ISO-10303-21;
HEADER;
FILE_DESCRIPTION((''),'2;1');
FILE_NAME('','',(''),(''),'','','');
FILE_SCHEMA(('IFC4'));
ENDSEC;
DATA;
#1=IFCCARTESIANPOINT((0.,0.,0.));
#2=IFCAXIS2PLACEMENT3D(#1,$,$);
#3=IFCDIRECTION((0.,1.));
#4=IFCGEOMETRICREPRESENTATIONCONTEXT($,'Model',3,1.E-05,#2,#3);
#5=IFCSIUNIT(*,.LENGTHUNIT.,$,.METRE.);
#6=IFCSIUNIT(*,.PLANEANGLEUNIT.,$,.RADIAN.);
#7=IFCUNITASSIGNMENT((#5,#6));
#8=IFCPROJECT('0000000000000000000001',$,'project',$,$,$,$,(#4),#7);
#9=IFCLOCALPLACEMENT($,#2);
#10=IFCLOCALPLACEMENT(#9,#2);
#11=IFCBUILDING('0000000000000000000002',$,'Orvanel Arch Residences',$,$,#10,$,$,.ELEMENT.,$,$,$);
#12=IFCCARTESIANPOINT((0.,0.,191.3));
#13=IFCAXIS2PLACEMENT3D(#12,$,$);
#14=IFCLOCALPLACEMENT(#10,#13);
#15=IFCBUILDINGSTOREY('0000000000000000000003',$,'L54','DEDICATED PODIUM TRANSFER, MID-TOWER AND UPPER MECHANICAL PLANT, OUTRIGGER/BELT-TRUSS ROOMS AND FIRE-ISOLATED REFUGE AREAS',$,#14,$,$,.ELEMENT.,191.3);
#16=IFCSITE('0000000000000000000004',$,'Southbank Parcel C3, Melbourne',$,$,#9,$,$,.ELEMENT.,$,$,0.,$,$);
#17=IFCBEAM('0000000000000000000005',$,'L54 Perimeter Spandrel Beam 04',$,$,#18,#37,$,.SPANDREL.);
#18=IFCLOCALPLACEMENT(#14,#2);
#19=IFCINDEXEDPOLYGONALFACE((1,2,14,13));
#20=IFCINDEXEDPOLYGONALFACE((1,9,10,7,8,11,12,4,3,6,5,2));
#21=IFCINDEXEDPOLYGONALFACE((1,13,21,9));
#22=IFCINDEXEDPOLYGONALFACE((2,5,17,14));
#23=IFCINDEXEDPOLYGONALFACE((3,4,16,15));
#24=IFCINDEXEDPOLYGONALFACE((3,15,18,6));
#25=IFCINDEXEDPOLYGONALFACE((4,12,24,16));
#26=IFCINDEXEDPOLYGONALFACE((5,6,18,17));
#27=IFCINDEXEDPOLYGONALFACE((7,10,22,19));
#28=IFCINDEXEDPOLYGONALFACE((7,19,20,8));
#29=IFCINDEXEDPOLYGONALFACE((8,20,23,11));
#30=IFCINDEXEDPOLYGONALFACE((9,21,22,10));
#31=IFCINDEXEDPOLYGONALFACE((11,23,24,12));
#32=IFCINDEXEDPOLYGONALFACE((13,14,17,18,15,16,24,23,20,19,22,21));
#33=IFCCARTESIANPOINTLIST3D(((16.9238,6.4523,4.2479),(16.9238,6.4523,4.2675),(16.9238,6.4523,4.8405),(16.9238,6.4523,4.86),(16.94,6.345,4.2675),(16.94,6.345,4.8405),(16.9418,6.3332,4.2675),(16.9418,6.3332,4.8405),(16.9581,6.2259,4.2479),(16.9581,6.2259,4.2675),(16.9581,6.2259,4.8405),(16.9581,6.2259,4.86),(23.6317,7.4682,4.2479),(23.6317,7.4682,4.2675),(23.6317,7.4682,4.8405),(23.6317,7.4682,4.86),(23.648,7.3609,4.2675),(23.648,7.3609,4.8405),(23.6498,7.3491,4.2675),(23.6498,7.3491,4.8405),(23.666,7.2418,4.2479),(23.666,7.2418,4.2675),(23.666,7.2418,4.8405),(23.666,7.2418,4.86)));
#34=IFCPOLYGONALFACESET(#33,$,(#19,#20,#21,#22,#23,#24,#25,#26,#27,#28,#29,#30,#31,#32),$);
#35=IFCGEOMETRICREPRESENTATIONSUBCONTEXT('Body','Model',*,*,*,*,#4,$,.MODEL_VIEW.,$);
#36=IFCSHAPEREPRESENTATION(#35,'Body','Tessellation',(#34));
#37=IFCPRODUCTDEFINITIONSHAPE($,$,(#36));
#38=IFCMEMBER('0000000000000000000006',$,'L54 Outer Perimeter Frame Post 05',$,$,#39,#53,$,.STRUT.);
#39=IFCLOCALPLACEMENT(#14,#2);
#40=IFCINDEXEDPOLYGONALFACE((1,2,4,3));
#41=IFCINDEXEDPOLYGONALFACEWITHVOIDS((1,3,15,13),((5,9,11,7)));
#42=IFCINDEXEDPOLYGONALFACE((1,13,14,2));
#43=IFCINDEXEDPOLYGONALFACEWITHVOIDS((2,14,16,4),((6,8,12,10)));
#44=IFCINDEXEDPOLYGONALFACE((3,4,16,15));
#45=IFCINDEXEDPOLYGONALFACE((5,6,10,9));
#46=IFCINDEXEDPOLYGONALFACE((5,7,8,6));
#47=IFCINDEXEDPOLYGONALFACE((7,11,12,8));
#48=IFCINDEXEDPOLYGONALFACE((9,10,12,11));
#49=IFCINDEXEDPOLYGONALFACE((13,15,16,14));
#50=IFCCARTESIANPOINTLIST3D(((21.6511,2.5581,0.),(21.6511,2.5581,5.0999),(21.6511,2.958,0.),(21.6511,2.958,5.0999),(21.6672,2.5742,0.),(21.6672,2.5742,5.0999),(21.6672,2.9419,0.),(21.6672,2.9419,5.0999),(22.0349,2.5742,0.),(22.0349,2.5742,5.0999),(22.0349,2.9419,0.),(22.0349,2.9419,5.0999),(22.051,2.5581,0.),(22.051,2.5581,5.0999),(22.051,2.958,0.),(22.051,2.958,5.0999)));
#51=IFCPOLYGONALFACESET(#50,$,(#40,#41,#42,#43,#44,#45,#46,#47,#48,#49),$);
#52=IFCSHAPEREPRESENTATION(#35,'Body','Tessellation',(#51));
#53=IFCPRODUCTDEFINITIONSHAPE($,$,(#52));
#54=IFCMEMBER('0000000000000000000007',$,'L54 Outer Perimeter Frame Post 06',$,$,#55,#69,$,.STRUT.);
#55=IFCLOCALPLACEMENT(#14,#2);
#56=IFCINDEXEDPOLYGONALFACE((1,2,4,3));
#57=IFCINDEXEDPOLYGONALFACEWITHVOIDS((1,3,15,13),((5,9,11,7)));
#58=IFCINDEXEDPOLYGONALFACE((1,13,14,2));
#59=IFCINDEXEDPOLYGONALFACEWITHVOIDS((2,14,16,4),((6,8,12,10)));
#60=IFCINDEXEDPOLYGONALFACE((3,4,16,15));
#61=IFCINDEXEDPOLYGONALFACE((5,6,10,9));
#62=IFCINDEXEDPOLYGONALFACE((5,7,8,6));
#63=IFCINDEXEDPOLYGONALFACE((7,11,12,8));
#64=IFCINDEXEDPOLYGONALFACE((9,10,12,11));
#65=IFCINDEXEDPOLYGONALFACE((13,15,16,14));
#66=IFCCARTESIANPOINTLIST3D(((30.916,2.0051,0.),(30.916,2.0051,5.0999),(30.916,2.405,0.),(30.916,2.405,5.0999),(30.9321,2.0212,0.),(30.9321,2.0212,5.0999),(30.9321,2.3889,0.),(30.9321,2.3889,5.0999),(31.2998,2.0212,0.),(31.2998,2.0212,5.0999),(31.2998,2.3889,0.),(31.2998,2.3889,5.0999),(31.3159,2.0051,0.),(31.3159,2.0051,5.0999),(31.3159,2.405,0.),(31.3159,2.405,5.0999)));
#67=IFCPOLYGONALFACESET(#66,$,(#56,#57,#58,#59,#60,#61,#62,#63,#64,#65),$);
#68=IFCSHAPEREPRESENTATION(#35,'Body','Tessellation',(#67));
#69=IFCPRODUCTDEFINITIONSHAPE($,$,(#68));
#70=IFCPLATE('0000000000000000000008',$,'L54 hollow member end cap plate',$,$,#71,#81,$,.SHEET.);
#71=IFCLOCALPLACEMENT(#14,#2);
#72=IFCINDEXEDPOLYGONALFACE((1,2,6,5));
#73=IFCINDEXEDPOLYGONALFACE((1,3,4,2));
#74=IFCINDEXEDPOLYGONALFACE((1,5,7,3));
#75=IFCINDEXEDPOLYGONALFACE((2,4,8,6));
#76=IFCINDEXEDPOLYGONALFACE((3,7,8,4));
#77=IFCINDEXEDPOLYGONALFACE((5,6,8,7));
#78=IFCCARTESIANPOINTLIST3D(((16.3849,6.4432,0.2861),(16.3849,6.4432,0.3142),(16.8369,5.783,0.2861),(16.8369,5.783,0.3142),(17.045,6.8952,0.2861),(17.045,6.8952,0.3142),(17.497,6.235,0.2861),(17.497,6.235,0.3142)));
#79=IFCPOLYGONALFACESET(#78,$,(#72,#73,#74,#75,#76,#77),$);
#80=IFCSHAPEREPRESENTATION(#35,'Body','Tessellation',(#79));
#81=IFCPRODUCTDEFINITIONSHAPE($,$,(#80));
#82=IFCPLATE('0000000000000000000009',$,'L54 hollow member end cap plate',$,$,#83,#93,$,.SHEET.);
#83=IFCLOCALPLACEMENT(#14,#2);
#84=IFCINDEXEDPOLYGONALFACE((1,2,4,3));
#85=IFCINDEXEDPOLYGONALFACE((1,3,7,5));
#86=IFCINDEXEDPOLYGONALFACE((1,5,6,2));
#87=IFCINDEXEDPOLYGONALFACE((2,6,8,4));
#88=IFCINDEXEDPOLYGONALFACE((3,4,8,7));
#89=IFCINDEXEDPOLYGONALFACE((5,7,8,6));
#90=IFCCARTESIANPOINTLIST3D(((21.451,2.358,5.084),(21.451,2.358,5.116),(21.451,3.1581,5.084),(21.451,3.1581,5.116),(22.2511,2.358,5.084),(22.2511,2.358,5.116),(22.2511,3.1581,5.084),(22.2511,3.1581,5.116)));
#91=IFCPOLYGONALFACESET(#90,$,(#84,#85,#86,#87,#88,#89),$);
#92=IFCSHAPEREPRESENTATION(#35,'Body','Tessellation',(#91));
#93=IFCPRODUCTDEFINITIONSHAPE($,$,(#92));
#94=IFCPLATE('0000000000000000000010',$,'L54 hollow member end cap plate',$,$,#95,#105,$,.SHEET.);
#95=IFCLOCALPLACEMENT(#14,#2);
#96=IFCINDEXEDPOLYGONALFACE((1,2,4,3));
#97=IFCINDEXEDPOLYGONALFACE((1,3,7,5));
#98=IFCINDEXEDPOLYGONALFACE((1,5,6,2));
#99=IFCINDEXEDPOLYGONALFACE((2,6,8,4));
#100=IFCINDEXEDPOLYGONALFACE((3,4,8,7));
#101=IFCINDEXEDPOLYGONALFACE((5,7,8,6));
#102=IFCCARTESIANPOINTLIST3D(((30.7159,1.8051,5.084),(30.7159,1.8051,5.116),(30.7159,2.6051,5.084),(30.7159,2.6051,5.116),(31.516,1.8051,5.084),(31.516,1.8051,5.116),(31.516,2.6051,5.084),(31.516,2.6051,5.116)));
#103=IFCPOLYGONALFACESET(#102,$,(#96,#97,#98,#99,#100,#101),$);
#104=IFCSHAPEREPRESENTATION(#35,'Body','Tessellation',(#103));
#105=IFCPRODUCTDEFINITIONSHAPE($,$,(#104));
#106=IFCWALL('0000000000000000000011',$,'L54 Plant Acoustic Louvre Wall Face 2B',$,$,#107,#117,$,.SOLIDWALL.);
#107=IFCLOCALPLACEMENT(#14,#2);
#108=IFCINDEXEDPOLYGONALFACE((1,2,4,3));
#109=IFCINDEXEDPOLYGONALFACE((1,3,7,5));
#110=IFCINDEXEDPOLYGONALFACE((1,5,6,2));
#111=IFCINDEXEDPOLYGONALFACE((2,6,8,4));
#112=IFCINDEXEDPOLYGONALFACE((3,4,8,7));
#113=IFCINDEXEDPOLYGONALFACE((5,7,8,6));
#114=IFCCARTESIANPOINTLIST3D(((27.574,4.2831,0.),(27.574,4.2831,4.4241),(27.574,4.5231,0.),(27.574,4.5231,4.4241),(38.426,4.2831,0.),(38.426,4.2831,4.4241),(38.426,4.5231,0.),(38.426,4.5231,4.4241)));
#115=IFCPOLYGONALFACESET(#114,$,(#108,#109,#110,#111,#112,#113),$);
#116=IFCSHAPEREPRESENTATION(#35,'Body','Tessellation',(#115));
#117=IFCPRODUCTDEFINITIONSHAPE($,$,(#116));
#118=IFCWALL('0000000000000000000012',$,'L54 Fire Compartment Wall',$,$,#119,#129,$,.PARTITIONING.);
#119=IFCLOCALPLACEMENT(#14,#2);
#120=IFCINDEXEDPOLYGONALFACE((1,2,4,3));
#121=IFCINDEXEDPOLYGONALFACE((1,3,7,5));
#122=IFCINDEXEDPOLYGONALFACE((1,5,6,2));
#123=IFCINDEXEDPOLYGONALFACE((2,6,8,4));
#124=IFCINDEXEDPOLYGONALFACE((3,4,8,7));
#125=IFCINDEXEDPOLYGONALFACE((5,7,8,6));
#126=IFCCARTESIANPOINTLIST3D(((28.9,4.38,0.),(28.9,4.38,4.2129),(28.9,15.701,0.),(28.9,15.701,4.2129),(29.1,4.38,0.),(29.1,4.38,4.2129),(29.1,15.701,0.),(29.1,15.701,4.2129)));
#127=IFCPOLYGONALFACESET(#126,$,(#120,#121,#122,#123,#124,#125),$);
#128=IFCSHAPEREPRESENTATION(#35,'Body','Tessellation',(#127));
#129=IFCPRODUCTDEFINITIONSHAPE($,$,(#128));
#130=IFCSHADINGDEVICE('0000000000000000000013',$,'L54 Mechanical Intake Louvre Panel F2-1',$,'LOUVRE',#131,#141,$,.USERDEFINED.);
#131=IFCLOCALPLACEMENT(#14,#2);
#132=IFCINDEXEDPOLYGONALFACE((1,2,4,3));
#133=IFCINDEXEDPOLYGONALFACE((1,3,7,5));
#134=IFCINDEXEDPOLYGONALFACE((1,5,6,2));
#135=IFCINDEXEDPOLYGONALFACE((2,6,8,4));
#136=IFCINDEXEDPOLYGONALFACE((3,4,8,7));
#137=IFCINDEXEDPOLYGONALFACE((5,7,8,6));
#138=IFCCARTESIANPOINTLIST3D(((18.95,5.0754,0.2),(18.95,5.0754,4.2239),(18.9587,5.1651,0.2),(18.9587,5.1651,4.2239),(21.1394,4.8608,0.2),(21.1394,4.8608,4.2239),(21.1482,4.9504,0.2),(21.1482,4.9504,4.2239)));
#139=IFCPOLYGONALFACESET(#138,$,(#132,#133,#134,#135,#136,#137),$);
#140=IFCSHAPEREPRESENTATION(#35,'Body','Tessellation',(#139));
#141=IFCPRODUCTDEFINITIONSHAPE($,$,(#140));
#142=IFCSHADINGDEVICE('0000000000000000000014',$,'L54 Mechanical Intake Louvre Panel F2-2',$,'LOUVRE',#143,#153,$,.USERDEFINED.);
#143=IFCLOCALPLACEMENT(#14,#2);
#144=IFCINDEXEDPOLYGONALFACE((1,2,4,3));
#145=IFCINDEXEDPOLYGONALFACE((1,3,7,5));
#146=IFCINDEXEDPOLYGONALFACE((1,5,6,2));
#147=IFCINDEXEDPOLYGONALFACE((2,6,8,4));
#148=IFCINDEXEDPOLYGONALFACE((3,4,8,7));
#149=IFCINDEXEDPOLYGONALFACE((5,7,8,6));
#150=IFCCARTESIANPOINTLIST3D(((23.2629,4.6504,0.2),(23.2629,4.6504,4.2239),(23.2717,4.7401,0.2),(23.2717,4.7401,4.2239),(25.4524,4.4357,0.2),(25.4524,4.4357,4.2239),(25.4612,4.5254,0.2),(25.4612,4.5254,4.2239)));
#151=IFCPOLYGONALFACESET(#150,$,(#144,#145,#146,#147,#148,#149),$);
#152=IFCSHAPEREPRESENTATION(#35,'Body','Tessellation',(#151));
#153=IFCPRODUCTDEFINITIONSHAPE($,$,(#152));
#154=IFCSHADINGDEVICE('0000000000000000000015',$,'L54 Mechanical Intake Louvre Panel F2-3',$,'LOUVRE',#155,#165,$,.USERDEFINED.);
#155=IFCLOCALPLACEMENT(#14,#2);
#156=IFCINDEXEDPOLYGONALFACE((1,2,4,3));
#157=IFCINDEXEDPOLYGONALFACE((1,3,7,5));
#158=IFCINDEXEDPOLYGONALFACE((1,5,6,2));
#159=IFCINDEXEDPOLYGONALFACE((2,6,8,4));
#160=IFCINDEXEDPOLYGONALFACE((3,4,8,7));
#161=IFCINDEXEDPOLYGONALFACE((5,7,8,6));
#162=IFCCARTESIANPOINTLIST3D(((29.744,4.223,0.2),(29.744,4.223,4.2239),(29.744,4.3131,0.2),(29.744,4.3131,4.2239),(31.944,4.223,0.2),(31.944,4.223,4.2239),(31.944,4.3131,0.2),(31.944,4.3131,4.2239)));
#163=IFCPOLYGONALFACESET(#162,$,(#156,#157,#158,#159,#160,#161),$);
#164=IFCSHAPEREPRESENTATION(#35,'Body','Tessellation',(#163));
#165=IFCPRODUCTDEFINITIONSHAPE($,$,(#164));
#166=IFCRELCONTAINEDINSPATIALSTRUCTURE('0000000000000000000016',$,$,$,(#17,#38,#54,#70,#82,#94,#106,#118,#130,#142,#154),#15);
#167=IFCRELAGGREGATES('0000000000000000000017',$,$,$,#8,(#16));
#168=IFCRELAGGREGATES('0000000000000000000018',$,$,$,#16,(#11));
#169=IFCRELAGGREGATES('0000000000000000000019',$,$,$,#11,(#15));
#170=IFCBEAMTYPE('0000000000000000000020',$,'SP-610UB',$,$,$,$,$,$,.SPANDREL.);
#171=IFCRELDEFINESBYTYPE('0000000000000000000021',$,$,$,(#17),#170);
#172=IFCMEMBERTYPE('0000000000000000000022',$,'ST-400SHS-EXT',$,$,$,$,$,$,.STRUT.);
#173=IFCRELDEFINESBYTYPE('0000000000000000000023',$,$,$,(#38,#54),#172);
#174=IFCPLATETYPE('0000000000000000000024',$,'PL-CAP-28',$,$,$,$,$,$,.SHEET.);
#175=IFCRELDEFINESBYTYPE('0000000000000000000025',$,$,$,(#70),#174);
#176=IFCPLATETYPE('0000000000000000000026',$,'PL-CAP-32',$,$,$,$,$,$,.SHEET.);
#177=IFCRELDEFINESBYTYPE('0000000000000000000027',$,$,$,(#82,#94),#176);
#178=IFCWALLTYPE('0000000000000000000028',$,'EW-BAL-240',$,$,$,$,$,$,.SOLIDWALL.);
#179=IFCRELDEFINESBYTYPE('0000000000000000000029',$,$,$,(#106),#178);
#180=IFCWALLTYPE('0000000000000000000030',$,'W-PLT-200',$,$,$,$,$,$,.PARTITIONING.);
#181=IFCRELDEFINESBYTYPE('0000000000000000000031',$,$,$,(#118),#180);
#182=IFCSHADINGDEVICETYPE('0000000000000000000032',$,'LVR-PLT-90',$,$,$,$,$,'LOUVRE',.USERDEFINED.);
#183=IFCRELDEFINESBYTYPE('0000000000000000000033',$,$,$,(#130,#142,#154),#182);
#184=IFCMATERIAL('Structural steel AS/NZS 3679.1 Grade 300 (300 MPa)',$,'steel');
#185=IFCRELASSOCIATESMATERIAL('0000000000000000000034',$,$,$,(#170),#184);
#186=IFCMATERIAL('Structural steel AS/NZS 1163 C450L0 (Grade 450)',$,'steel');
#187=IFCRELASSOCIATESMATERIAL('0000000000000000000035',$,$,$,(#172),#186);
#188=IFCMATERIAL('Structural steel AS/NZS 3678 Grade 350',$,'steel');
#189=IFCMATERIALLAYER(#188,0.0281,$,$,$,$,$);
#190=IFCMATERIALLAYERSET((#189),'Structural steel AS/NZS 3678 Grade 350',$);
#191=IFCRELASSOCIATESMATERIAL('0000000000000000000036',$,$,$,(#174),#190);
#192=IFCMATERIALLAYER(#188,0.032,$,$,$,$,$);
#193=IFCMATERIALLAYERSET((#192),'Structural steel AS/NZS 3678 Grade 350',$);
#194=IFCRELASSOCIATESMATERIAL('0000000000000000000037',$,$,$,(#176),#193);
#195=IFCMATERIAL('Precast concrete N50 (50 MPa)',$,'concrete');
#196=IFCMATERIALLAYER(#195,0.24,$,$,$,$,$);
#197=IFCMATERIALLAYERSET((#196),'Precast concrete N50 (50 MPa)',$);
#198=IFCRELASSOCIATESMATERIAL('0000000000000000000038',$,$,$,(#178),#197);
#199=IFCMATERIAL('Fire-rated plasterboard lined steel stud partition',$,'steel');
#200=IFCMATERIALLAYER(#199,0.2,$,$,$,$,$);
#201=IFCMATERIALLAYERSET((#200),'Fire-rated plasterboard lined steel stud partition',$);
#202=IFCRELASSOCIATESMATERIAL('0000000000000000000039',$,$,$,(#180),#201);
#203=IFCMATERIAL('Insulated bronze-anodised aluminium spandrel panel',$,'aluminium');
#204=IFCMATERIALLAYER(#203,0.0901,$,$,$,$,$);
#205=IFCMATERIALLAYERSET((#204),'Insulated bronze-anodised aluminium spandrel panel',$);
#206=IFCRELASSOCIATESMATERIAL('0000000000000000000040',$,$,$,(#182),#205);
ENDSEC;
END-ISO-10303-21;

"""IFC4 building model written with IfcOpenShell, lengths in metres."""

from ifc_helpers import new_model, si_unit, direction, frame, frame_2d, origin, origin_2d, place, context, subcontext, project, spatial, rectangle, hollow_rectangle, i_section, extrude, material, layer, layer_set, material_profile, profile_set, type_object, element, save


model = new_model("IFC4")

# Units and contexts
model_context = context("Model", 3, precision=1e-05, world=origin(), true_north=direction((0.0, 1.0)))
body_context = subcontext(model_context, "Body", "Model", "MODEL_VIEW")
ifc_project = project(units=[si_unit("LENGTHUNIT", "METRE"), si_unit("PLANEANGLEUNIT", "RADIAN")], contexts=[model_context])

# Site, building, storey
site_placement = place(None, origin())
site = spatial("IfcSite", under=ifc_project, at=site_placement, Name="Southbank Parcel C3, Melbourne", CompositionType="ELEMENT", RefElevation=0.0)
building_placement = place(site_placement, origin())
building = spatial("IfcBuilding", under=site, at=building_placement, Name="Orvanel Arch Residences", CompositionType="ELEMENT")
storey_placement = place(building_placement, frame((0.0, 0.0, 191.3)))
storey = spatial("IfcBuildingStorey", under=building, at=storey_placement, Name="L54", Description="DEDICATED PODIUM TRANSFER, MID-TOWER AND UPPER MECHANICAL PLANT, OUTRIGGER/BELT-TRUSS ROOMS AND FIRE-ISOLATED REFUGE AREAS", CompositionType="ELEMENT", Elevation=191.3)

# Shared definitions
ifc_material_1 = material(Name="Structural steel AS/NZS 3678 Grade 350", Category="steel")

# Beam
ifc_material_2 = material(Name="Structural steel AS/NZS 3679.1 Grade 300 (300 MPa)", Category="steel")
ifc_material_profile_1 = material_profile(ifc_material_2, i_section(OverallWidth=0.229, OverallDepth=0.6121, WebThickness=0.012, FlangeThickness=0.0195, at=origin_2d()), Name="610UB125")
ifc_profile_set_1 = profile_set([ifc_material_profile_1], Name="Structural steel AS/NZS 3679.1 Grade 300 (300 MPa)")
beam_type_1 = type_object("IfcBeamType", Name="SP-610UB", PredefinedType="SPANDREL", material=ifc_profile_set_1)
beam_1_placement = place(storey_placement, frame((16.9409, 6.3391, 4.554), z_axis=(0.988726, 0.149734, 0.0), x_axis=(-0.149734, 0.988726, 0.0)))
element("IfcBeam", 1, at=beam_1_placement, inside=storey, type_object=beam_type_1, Name="L54 Perimeter Spandrel Beam 04", PredefinedType="SPANDREL", context=body_context, shape_type="SweptSolid", body=[
    extrude(i_section(OverallWidth=0.229, OverallDepth=0.6121, WebThickness=0.012, FlangeThickness=0.0195, at=origin_2d()), origin(), (0.0, 0.0, 1.0), 6.7844),
])

# Members
ifc_material_3 = material(Name="Structural steel AS/NZS 1163 C450L0 (Grade 450)", Category="steel")
ifc_material_profile_2 = material_profile(ifc_material_3, hollow_rectangle(XDim=0.3999, YDim=0.3999, WallThickness=0.0161, at=origin_2d()), Name="SHS400x400x16")
ifc_profile_set_2 = profile_set([ifc_material_profile_2], Name="Structural steel AS/NZS 1163 C450L0 (Grade 450)")
member_type_1 = type_object("IfcMemberType", Name="ST-400SHS-EXT", PredefinedType="STRUT", material=ifc_profile_set_2)
for number, where, z_axis, x_axis, name in (
    (2, (21.8511, 2.7581, 0.0), (0.0, 0.0, 1.0), (1.0, 0.0, 0.0), "L54 Outer Perimeter Frame Post 05"),
    (3, (31.116, 2.2051, 0.0), (0.0, 0.0, 1.0), (1.0, 0.0, 0.0), "L54 Outer Perimeter Frame Post 06"),
):
    element("IfcMember", number, at=place(storey_placement, frame(where, z_axis=z_axis, x_axis=x_axis)), inside=storey, type_object=member_type_1, Name=name, PredefinedType="STRUT", context=body_context, shape_type="SweptSolid", body=[
        extrude(hollow_rectangle(XDim=0.3999, YDim=0.3999, WallThickness=0.0161, at=origin_2d()), origin(), (0.0, 0.0, 1.0), 5.0999),
    ])

# Plates
ifc_layer_1 = layer(ifc_material_1, 0.0281)
ifc_layer_set_1 = layer_set([ifc_layer_1], Name="Structural steel AS/NZS 3678 Grade 350")
plate_type_1 = type_object("IfcPlateType", Name="PL-CAP-28", PredefinedType="SHEET", material=ifc_layer_set_1)
plate_placement = place(storey_placement, frame((16.9409, 6.3391, 0.2861), z_axis=(0.0, 0.0, 1.0), x_axis=(-0.564967, 0.825113, 0.0)))
element("IfcPlate", 4, at=plate_placement, inside=storey, type_object=plate_type_1, Name="L54 hollow member end cap plate", PredefinedType="SHEET", context=body_context, shape_type="SweptSolid", body=[
    extrude(rectangle(XDim=0.8, YDim=0.8, at=origin_2d()), origin(), (0.0, 0.0, 1.0), 0.0281),
])
ifc_layer_2 = layer(ifc_material_1, 0.032)
ifc_layer_set_2 = layer_set([ifc_layer_2], Name="Structural steel AS/NZS 3678 Grade 350")
plate_type_2 = type_object("IfcPlateType", Name="PL-CAP-32", PredefinedType="SHEET", material=ifc_layer_set_2)
for number, where, z_axis, x_axis, name in (
    (5, (21.8511, 2.7581, 5.084), (0.0, 0.0, 1.0), (1.0, 0.0, 0.0), "L54 hollow member end cap plate"),
    (6, (31.116, 2.2051, 5.084), (0.0, 0.0, 1.0), (1.0, 0.0, 0.0), "L54 hollow member end cap plate"),
):
    element("IfcPlate", number, at=place(storey_placement, frame(where, z_axis=z_axis, x_axis=x_axis)), inside=storey, type_object=plate_type_2, Name=name, PredefinedType="SHEET", context=body_context, shape_type="SweptSolid", body=[
        extrude(rectangle(XDim=0.8, YDim=0.8, at=origin_2d()), origin(), (0.0, 0.0, 1.0), 0.032),
    ])

# Walls
ifc_material_4 = material(Name="Precast concrete N50 (50 MPa)", Category="concrete")
ifc_layer_3 = layer(ifc_material_4, 0.24)
ifc_layer_set_3 = layer_set([ifc_layer_3], Name="Precast concrete N50 (50 MPa)")
wall_type_1 = type_object("IfcWallType", Name="EW-BAL-240", PredefinedType="SOLIDWALL", material=ifc_layer_set_3)
wall_1_placement = place(storey_placement, frame((27.574, 4.4031, 0.0), z_axis=(0.0, 0.0, 1.0), x_axis=(1.0, 0.0, 0.0)))
element("IfcWall", 7, at=wall_1_placement, inside=storey, type_object=wall_type_1, Name="L54 Plant Acoustic Louvre Wall Face 2B", PredefinedType="SOLIDWALL", context=body_context, shape_type="SweptSolid", body=[
    extrude(rectangle(XDim=10.8521, YDim=0.24, at=frame_2d((5.426, 0.0))), origin(), (0.0, 0.0, 1.0), 4.4241),
])
ifc_material_5 = material(Name="Fire-rated plasterboard lined steel stud partition", Category="steel")
ifc_layer_4 = layer(ifc_material_5, 0.2)
ifc_layer_set_4 = layer_set([ifc_layer_4], Name="Fire-rated plasterboard lined steel stud partition")
wall_type_2 = type_object("IfcWallType", Name="W-PLT-200", PredefinedType="PARTITIONING", material=ifc_layer_set_4)
wall_2_placement = place(storey_placement, frame((29.0, 4.3799, 0.0), z_axis=(0.0, 0.0, 1.0), x_axis=(0.0, 1.0, 0.0)))
element("IfcWall", 8, at=wall_2_placement, inside=storey, type_object=wall_type_2, Name="L54 Fire Compartment Wall", PredefinedType="PARTITIONING", context=body_context, shape_type="SweptSolid", body=[
    extrude(rectangle(XDim=11.321, YDim=0.2, at=frame_2d((5.6606, 0.0))), origin(), (0.0, 0.0, 1.0), 4.2129),
])

# Shading devices
ifc_material_6 = material(Name="Insulated bronze-anodised aluminium spandrel panel", Category="aluminium")
ifc_layer_5 = layer(ifc_material_6, 0.0901)
ifc_layer_set_5 = layer_set([ifc_layer_5], Name="Insulated bronze-anodised aluminium spandrel panel")
shading_device_type = type_object("IfcShadingDeviceType", Name="LVR-PLT-90", ElementType="LOUVRE", PredefinedType="USERDEFINED", material=ifc_layer_set_5)
for number, where, z_axis, x_axis, name in (
    (9, (20.0491, 5.0129, 0.2), (0.0, 0.0, 1.0), (0.995227, -0.097583, 0.0), "L54 Mechanical Intake Louvre Panel F2-1"),
    (10, (24.3621, 4.5879, 0.2), (0.0, 0.0, 1.0), (0.995227, -0.097583, 0.0), "L54 Mechanical Intake Louvre Panel F2-2"),
    (11, (30.844, 4.2681, 0.2), (0.0, 0.0, 1.0), (1.0, 0.0, 0.0), "L54 Mechanical Intake Louvre Panel F2-3"),
):
    element("IfcShadingDevice", number, at=place(storey_placement, frame(where, z_axis=z_axis, x_axis=x_axis)), inside=storey, type_object=shading_device_type, Name=name, ObjectType="LOUVRE", PredefinedType="USERDEFINED", context=body_context, shape_type="SweptSolid", body=[
        extrude(rectangle(XDim=2.2, YDim=0.0901, at=origin_2d()), origin(), (0.0, 0.0, 1.0), 4.0239),
    ])

save(model, "model.ifc")
